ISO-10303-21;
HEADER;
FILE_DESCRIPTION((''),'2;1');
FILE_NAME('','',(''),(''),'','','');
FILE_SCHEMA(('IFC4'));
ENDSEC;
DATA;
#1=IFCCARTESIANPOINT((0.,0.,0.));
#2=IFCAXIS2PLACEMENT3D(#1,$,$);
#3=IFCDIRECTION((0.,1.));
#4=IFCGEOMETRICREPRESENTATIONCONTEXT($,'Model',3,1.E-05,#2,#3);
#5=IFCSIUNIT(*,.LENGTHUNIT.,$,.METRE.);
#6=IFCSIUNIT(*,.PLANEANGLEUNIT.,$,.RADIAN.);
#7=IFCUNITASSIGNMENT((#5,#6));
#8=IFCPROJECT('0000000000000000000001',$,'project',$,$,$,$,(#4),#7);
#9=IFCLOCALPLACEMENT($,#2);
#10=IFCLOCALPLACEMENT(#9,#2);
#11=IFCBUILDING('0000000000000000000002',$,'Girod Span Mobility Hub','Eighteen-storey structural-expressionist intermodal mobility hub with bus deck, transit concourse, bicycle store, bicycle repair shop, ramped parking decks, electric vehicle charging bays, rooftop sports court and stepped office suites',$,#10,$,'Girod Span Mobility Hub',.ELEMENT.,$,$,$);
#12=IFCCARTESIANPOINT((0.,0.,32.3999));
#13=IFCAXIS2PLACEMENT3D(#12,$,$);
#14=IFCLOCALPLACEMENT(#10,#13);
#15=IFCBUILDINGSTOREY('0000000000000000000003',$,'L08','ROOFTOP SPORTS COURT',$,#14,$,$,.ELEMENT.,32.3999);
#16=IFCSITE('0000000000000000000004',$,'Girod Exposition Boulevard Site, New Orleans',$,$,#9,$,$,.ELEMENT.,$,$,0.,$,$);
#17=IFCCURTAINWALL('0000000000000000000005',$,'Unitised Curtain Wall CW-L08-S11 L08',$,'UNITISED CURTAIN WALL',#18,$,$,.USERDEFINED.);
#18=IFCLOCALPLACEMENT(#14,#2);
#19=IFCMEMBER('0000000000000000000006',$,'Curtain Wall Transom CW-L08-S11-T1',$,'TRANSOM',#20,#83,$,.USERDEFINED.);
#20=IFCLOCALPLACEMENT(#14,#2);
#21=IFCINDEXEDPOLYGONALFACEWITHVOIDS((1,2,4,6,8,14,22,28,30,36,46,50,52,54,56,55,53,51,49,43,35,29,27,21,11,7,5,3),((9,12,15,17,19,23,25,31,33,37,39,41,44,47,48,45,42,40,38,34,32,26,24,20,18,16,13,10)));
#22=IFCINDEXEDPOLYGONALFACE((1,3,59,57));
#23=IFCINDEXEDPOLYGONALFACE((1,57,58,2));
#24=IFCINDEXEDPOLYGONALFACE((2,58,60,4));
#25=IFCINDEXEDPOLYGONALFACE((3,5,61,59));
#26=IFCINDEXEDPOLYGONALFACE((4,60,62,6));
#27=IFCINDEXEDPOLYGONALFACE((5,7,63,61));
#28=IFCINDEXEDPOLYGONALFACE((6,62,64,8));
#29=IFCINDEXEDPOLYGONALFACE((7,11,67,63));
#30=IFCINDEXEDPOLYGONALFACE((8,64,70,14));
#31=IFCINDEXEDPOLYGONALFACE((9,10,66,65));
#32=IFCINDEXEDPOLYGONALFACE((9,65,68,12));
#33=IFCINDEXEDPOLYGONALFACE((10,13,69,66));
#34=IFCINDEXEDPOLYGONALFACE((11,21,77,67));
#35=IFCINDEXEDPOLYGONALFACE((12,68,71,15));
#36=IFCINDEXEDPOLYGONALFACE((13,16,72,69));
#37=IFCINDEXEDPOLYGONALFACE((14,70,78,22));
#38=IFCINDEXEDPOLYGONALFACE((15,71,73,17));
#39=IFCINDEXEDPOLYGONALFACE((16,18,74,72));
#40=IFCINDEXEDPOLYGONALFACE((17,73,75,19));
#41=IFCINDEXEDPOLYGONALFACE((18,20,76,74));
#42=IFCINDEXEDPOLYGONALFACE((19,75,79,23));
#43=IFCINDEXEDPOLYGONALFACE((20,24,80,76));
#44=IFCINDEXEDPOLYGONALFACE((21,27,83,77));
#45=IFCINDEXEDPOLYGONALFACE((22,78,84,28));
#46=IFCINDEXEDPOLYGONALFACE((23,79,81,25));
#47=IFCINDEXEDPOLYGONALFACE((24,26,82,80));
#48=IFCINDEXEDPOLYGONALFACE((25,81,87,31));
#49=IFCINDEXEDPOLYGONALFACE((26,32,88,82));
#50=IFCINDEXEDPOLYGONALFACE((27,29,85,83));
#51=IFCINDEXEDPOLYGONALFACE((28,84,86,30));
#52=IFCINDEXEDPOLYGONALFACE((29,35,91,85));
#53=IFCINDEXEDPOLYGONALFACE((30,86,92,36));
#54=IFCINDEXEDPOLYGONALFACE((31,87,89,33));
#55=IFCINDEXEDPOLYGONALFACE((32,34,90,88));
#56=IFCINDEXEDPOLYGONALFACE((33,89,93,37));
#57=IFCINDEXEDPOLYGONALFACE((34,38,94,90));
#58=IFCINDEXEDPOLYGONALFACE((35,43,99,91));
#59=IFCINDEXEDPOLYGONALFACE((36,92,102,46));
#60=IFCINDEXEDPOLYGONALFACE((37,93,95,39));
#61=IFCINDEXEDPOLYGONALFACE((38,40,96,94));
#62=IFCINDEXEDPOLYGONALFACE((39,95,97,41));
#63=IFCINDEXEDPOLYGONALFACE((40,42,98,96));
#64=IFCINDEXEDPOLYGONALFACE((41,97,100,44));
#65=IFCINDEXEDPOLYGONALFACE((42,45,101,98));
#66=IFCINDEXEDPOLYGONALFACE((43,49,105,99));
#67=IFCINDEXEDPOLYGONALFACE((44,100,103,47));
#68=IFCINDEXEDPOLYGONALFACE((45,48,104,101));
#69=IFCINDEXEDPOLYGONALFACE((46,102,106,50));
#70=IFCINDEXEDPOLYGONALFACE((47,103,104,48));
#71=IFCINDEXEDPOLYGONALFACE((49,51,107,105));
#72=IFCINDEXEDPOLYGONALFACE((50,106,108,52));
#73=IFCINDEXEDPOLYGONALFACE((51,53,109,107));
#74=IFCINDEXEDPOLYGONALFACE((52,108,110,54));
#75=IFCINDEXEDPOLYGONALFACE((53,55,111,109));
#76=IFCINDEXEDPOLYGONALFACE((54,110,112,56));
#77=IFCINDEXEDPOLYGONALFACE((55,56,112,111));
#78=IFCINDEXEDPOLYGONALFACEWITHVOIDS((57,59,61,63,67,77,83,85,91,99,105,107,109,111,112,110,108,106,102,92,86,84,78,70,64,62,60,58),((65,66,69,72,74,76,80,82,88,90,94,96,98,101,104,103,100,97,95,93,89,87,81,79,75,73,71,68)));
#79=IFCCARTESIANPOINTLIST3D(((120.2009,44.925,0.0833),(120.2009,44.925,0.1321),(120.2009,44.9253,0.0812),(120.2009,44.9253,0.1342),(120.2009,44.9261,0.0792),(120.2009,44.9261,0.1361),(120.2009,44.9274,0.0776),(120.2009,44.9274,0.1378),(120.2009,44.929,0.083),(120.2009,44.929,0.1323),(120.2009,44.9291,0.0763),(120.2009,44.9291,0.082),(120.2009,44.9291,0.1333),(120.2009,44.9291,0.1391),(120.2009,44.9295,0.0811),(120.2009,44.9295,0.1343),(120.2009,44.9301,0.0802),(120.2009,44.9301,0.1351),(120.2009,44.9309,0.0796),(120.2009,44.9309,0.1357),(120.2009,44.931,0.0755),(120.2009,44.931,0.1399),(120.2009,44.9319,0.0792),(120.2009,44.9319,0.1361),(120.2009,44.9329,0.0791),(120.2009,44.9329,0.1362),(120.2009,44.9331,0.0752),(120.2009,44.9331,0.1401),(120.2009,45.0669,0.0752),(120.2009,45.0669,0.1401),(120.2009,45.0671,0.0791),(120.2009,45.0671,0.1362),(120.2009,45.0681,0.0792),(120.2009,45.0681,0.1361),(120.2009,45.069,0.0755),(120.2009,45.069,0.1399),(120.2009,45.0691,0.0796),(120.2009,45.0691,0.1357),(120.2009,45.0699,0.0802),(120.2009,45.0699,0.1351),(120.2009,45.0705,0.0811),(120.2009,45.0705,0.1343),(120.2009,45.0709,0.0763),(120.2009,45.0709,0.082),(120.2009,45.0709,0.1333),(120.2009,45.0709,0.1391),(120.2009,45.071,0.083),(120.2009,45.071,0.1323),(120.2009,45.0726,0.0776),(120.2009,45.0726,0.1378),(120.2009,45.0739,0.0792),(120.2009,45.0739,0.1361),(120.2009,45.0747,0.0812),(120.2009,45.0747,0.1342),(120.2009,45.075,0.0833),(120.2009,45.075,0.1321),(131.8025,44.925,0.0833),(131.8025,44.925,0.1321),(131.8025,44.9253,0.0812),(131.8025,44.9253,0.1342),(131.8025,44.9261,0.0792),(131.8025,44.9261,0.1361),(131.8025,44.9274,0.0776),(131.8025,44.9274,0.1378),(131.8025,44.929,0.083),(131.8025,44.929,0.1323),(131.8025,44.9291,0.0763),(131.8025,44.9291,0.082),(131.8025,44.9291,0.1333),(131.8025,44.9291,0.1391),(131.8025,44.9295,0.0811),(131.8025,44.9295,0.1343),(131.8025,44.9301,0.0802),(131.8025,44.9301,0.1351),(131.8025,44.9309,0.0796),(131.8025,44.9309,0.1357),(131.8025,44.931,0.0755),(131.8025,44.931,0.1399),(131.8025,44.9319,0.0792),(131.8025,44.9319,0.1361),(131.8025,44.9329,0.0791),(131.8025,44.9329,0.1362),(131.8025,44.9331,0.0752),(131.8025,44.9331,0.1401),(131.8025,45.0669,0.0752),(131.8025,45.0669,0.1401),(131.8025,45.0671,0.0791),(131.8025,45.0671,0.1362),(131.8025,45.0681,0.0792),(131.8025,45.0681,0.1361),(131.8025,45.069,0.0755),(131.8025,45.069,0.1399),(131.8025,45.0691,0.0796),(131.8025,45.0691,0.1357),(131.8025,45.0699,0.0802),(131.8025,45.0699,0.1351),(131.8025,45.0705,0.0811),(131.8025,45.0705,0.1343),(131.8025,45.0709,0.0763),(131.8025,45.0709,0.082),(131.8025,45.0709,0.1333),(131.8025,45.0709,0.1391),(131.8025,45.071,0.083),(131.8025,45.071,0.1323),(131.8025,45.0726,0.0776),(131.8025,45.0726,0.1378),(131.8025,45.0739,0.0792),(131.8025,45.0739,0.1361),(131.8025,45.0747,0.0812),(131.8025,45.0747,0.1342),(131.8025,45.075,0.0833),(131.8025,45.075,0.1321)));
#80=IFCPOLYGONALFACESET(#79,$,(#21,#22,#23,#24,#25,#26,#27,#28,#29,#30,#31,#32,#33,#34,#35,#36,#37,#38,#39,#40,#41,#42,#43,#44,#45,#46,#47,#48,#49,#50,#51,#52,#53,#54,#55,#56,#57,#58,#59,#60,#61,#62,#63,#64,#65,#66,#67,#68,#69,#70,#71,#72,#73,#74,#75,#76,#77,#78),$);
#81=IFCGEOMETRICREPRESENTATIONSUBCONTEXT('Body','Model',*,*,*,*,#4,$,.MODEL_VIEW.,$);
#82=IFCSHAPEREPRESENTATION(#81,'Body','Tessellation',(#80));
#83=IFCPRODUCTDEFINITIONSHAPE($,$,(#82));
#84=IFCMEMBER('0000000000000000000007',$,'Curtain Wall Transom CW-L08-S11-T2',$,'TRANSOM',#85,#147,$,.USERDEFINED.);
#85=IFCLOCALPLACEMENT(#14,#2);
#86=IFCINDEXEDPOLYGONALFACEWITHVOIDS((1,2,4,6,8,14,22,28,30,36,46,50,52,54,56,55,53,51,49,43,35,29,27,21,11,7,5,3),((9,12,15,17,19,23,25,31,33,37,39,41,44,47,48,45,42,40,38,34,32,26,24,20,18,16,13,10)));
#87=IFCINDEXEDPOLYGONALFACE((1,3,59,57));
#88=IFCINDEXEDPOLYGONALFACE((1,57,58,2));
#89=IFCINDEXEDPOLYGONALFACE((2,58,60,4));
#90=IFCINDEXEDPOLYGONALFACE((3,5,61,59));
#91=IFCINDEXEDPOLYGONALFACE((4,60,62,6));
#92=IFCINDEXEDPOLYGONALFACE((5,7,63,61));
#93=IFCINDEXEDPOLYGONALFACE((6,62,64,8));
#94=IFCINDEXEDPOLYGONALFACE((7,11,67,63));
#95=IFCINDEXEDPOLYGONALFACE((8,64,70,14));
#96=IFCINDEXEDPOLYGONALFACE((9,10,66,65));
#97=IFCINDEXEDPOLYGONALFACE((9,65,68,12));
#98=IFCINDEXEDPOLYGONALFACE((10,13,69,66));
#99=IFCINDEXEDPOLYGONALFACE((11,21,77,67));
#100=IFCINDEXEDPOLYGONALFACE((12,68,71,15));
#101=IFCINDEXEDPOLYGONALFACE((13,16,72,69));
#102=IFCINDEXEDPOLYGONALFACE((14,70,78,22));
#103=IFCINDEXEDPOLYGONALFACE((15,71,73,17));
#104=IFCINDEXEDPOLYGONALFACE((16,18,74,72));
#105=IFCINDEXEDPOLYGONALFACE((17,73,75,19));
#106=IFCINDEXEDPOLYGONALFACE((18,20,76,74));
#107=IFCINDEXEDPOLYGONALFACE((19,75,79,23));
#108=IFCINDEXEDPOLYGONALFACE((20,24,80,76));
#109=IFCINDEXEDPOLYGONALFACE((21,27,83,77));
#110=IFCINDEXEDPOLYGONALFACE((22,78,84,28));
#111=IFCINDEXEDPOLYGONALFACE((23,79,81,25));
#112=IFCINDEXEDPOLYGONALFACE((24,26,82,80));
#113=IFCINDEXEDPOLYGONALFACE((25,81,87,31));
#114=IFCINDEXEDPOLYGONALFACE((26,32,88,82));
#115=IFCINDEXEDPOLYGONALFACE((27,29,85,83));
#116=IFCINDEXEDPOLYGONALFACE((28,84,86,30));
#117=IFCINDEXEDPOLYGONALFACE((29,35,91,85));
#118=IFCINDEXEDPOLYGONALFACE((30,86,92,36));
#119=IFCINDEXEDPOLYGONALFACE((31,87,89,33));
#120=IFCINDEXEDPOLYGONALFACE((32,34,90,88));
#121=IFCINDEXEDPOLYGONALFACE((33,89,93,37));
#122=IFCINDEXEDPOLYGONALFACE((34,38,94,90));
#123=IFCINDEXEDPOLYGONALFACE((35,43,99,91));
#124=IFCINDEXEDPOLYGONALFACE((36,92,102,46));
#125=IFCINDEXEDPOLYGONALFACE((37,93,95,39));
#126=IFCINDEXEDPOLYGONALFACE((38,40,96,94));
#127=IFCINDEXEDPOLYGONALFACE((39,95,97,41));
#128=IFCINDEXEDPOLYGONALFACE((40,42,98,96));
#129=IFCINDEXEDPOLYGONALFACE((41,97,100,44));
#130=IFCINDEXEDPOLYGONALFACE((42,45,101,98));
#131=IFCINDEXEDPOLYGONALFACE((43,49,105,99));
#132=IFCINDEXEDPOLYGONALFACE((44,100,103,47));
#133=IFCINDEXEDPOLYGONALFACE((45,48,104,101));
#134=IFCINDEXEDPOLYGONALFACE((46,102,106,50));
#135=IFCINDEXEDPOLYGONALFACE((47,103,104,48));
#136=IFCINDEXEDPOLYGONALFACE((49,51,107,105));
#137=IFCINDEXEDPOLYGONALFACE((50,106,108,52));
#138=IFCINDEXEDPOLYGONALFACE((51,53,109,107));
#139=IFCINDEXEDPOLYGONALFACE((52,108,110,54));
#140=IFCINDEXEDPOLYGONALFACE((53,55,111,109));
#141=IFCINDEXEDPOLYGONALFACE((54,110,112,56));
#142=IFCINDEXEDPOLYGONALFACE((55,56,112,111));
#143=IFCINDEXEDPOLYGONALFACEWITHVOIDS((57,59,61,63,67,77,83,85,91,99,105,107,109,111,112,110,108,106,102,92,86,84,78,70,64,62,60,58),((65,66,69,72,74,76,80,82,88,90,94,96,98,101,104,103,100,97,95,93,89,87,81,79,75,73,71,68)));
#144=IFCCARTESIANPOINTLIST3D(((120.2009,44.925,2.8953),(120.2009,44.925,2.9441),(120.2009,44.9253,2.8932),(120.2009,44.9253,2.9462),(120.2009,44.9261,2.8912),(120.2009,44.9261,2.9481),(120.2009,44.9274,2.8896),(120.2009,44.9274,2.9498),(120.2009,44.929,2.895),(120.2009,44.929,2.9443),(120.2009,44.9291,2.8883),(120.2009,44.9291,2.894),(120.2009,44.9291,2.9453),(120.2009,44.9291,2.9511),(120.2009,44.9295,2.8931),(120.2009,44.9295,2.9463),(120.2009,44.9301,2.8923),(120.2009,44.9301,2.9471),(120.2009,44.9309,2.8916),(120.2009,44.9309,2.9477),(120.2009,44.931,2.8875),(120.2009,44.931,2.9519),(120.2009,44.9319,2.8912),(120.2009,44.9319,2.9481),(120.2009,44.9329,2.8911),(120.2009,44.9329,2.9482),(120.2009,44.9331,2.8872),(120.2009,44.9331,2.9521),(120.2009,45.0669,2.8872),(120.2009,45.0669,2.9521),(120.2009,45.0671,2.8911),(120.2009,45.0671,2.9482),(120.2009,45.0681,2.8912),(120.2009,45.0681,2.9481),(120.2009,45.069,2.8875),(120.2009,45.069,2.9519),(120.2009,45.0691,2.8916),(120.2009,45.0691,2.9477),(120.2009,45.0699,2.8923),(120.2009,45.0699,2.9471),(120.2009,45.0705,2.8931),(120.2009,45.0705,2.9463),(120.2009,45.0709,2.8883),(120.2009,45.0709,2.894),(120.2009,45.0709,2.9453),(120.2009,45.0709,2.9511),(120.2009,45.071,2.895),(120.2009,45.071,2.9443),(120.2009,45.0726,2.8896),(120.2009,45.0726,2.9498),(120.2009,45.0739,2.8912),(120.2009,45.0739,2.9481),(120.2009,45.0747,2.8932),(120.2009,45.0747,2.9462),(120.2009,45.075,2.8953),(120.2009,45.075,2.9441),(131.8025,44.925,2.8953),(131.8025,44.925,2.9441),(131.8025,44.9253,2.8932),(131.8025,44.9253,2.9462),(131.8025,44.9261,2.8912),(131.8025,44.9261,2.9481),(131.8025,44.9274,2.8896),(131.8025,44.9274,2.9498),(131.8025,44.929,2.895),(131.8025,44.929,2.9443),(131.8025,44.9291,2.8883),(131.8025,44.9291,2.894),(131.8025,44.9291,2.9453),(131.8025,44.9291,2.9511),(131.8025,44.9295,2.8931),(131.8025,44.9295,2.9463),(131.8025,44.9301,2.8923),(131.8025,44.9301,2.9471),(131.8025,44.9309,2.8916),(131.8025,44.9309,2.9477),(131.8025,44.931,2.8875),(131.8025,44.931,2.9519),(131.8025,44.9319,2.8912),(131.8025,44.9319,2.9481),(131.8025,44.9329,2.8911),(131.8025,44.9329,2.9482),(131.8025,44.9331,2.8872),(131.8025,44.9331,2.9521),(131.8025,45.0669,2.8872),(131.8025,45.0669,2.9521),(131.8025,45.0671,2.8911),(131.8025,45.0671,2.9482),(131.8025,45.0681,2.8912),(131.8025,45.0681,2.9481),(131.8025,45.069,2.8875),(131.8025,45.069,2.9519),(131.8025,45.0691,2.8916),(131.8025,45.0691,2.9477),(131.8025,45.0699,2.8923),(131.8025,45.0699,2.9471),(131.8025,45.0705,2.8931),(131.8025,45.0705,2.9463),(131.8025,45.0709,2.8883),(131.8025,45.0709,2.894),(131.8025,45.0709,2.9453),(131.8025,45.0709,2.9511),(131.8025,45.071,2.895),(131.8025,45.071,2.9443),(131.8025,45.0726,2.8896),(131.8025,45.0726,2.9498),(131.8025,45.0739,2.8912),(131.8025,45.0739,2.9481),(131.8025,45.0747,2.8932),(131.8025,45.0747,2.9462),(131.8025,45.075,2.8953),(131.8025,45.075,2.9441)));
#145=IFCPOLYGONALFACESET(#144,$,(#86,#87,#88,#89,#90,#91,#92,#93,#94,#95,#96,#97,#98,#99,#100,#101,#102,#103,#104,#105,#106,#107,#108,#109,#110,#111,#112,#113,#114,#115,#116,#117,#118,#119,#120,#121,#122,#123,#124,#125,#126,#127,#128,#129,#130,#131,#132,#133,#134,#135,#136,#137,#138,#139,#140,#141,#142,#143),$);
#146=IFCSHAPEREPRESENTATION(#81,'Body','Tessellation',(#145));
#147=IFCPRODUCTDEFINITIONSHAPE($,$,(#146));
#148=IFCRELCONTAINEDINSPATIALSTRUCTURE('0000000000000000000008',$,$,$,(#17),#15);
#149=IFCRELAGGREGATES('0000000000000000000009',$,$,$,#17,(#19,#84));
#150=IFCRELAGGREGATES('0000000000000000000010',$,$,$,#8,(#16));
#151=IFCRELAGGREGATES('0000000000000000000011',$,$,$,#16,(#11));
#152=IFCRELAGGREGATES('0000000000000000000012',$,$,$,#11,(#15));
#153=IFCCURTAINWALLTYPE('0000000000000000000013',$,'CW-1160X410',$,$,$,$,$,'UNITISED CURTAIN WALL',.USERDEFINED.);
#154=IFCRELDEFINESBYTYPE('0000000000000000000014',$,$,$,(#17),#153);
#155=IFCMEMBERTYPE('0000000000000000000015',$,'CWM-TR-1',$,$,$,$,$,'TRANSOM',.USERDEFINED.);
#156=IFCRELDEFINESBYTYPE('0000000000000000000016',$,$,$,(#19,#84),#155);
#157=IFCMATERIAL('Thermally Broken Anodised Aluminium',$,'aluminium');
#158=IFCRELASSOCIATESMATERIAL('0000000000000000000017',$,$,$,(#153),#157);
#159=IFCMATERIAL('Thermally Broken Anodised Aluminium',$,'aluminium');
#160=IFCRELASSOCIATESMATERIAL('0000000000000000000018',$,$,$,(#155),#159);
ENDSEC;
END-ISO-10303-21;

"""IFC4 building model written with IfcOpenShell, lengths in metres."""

from ifc_helpers import new_model, si_unit, direction, frame, origin, origin_2d, place, context, subcontext, project, spatial, hollow_rectangle, extrude, material, material_profile, profile_set, type_object, element, aggregate, save


model = new_model("IFC4")

# Units and contexts
model_context = context("Model", 3, precision=1e-05, world=origin(), true_north=direction((0.0, 1.0)))
body_context = subcontext(model_context, "Body", "Model", "MODEL_VIEW")
ifc_project = project(units=[si_unit("LENGTHUNIT", "METRE"), si_unit("PLANEANGLEUNIT", "RADIAN")], contexts=[model_context])

# Site, building, storey
site_placement = place(None, origin())
site = spatial("IfcSite", under=ifc_project, at=site_placement, Name="Girod Exposition Boulevard Site, New Orleans", CompositionType="ELEMENT", RefElevation=0.0)
building_placement = place(site_placement, origin())
building = spatial("IfcBuilding", under=site, at=building_placement, Name="Girod Span Mobility Hub", Description="Eighteen-storey structural-expressionist intermodal mobility hub with bus deck, transit concourse, bicycle store, bicycle repair shop, ramped parking decks, electric vehicle charging bays, rooftop sports court and stepped office suites", LongName="Girod Span Mobility Hub", CompositionType="ELEMENT")
storey_placement = place(building_placement, frame((0.0, 0.0, 32.3999)))
storey = spatial("IfcBuildingStorey", under=building, at=storey_placement, Name="L08", Description="ROOFTOP SPORTS COURT", CompositionType="ELEMENT", Elevation=32.3999)

# Curtain wall, members
ifc_material_1 = material(Name="Thermally Broken Anodised Aluminium", Category="aluminium")
curtain_wall_type = type_object("IfcCurtainWallType", Name="CW-1160X410", ElementType="UNITISED CURTAIN WALL", PredefinedType="USERDEFINED", material=ifc_material_1)
curtain_wall_1_placement = place(storey_placement, origin())
curtain_wall_1 = element("IfcCurtainWall", 1, at=curtain_wall_1_placement, inside=storey, type_object=curtain_wall_type, Name="Unitised Curtain Wall CW-L08-S11 L08", ObjectType="UNITISED CURTAIN WALL", PredefinedType="USERDEFINED")
ifc_material_2 = material(Name="Thermally Broken Anodised Aluminium", Category="aluminium")
ifc_material_profile_1 = material_profile(ifc_material_2, hollow_rectangle(XDim=0.1499, YDim=0.0649, WallThickness=0.0039, InnerFilletRadius=0.0039, OuterFilletRadius=0.0081, at=origin_2d()), Name="CW-TR-65X150")
ifc_profile_set_1 = profile_set([ifc_material_profile_1], Name="Thermally Broken Anodised Aluminium")
member_type_1 = type_object("IfcMemberType", Name="CWM-TR-1", ElementType="TRANSOM", PredefinedType="USERDEFINED", material=ifc_profile_set_1)
member_1_placement = place(storey_placement, frame((120.2009, 45.0, 0.1077), z_axis=(1.0, 0.0, 0.0), x_axis=(0.0, 1.0, 0.0)))
member_1 = element("IfcMember", 2, at=member_1_placement, type_object=member_type_1, Name="Curtain Wall Transom CW-L08-S11-T1", ObjectType="TRANSOM", PredefinedType="USERDEFINED", context=body_context, shape_type="SweptSolid", body=[
    extrude(hollow_rectangle(XDim=0.1499, YDim=0.0649, WallThickness=0.0039, InnerFilletRadius=0.0039, OuterFilletRadius=0.0081, at=origin_2d()), origin(), (0.0, 0.0, 1.0), 11.6016),
])
member_2_placement = place(storey_placement, frame((120.2009, 45.0, 2.9197), z_axis=(1.0, 0.0, 0.0), x_axis=(0.0, 1.0, 0.0)))
member_2 = element("IfcMember", 3, at=member_2_placement, type_object=member_type_1, Name="Curtain Wall Transom CW-L08-S11-T2", ObjectType="TRANSOM", PredefinedType="USERDEFINED", context=body_context, shape_type="SweptSolid", body=[
    extrude(hollow_rectangle(XDim=0.1499, YDim=0.0649, WallThickness=0.0039, InnerFilletRadius=0.0039, OuterFilletRadius=0.0081, at=origin_2d()), origin(), (0.0, 0.0, 1.0), 11.6016),
])

aggregate(curtain_wall_1, [member_1, member_2])

save(model, "model.ifc")
